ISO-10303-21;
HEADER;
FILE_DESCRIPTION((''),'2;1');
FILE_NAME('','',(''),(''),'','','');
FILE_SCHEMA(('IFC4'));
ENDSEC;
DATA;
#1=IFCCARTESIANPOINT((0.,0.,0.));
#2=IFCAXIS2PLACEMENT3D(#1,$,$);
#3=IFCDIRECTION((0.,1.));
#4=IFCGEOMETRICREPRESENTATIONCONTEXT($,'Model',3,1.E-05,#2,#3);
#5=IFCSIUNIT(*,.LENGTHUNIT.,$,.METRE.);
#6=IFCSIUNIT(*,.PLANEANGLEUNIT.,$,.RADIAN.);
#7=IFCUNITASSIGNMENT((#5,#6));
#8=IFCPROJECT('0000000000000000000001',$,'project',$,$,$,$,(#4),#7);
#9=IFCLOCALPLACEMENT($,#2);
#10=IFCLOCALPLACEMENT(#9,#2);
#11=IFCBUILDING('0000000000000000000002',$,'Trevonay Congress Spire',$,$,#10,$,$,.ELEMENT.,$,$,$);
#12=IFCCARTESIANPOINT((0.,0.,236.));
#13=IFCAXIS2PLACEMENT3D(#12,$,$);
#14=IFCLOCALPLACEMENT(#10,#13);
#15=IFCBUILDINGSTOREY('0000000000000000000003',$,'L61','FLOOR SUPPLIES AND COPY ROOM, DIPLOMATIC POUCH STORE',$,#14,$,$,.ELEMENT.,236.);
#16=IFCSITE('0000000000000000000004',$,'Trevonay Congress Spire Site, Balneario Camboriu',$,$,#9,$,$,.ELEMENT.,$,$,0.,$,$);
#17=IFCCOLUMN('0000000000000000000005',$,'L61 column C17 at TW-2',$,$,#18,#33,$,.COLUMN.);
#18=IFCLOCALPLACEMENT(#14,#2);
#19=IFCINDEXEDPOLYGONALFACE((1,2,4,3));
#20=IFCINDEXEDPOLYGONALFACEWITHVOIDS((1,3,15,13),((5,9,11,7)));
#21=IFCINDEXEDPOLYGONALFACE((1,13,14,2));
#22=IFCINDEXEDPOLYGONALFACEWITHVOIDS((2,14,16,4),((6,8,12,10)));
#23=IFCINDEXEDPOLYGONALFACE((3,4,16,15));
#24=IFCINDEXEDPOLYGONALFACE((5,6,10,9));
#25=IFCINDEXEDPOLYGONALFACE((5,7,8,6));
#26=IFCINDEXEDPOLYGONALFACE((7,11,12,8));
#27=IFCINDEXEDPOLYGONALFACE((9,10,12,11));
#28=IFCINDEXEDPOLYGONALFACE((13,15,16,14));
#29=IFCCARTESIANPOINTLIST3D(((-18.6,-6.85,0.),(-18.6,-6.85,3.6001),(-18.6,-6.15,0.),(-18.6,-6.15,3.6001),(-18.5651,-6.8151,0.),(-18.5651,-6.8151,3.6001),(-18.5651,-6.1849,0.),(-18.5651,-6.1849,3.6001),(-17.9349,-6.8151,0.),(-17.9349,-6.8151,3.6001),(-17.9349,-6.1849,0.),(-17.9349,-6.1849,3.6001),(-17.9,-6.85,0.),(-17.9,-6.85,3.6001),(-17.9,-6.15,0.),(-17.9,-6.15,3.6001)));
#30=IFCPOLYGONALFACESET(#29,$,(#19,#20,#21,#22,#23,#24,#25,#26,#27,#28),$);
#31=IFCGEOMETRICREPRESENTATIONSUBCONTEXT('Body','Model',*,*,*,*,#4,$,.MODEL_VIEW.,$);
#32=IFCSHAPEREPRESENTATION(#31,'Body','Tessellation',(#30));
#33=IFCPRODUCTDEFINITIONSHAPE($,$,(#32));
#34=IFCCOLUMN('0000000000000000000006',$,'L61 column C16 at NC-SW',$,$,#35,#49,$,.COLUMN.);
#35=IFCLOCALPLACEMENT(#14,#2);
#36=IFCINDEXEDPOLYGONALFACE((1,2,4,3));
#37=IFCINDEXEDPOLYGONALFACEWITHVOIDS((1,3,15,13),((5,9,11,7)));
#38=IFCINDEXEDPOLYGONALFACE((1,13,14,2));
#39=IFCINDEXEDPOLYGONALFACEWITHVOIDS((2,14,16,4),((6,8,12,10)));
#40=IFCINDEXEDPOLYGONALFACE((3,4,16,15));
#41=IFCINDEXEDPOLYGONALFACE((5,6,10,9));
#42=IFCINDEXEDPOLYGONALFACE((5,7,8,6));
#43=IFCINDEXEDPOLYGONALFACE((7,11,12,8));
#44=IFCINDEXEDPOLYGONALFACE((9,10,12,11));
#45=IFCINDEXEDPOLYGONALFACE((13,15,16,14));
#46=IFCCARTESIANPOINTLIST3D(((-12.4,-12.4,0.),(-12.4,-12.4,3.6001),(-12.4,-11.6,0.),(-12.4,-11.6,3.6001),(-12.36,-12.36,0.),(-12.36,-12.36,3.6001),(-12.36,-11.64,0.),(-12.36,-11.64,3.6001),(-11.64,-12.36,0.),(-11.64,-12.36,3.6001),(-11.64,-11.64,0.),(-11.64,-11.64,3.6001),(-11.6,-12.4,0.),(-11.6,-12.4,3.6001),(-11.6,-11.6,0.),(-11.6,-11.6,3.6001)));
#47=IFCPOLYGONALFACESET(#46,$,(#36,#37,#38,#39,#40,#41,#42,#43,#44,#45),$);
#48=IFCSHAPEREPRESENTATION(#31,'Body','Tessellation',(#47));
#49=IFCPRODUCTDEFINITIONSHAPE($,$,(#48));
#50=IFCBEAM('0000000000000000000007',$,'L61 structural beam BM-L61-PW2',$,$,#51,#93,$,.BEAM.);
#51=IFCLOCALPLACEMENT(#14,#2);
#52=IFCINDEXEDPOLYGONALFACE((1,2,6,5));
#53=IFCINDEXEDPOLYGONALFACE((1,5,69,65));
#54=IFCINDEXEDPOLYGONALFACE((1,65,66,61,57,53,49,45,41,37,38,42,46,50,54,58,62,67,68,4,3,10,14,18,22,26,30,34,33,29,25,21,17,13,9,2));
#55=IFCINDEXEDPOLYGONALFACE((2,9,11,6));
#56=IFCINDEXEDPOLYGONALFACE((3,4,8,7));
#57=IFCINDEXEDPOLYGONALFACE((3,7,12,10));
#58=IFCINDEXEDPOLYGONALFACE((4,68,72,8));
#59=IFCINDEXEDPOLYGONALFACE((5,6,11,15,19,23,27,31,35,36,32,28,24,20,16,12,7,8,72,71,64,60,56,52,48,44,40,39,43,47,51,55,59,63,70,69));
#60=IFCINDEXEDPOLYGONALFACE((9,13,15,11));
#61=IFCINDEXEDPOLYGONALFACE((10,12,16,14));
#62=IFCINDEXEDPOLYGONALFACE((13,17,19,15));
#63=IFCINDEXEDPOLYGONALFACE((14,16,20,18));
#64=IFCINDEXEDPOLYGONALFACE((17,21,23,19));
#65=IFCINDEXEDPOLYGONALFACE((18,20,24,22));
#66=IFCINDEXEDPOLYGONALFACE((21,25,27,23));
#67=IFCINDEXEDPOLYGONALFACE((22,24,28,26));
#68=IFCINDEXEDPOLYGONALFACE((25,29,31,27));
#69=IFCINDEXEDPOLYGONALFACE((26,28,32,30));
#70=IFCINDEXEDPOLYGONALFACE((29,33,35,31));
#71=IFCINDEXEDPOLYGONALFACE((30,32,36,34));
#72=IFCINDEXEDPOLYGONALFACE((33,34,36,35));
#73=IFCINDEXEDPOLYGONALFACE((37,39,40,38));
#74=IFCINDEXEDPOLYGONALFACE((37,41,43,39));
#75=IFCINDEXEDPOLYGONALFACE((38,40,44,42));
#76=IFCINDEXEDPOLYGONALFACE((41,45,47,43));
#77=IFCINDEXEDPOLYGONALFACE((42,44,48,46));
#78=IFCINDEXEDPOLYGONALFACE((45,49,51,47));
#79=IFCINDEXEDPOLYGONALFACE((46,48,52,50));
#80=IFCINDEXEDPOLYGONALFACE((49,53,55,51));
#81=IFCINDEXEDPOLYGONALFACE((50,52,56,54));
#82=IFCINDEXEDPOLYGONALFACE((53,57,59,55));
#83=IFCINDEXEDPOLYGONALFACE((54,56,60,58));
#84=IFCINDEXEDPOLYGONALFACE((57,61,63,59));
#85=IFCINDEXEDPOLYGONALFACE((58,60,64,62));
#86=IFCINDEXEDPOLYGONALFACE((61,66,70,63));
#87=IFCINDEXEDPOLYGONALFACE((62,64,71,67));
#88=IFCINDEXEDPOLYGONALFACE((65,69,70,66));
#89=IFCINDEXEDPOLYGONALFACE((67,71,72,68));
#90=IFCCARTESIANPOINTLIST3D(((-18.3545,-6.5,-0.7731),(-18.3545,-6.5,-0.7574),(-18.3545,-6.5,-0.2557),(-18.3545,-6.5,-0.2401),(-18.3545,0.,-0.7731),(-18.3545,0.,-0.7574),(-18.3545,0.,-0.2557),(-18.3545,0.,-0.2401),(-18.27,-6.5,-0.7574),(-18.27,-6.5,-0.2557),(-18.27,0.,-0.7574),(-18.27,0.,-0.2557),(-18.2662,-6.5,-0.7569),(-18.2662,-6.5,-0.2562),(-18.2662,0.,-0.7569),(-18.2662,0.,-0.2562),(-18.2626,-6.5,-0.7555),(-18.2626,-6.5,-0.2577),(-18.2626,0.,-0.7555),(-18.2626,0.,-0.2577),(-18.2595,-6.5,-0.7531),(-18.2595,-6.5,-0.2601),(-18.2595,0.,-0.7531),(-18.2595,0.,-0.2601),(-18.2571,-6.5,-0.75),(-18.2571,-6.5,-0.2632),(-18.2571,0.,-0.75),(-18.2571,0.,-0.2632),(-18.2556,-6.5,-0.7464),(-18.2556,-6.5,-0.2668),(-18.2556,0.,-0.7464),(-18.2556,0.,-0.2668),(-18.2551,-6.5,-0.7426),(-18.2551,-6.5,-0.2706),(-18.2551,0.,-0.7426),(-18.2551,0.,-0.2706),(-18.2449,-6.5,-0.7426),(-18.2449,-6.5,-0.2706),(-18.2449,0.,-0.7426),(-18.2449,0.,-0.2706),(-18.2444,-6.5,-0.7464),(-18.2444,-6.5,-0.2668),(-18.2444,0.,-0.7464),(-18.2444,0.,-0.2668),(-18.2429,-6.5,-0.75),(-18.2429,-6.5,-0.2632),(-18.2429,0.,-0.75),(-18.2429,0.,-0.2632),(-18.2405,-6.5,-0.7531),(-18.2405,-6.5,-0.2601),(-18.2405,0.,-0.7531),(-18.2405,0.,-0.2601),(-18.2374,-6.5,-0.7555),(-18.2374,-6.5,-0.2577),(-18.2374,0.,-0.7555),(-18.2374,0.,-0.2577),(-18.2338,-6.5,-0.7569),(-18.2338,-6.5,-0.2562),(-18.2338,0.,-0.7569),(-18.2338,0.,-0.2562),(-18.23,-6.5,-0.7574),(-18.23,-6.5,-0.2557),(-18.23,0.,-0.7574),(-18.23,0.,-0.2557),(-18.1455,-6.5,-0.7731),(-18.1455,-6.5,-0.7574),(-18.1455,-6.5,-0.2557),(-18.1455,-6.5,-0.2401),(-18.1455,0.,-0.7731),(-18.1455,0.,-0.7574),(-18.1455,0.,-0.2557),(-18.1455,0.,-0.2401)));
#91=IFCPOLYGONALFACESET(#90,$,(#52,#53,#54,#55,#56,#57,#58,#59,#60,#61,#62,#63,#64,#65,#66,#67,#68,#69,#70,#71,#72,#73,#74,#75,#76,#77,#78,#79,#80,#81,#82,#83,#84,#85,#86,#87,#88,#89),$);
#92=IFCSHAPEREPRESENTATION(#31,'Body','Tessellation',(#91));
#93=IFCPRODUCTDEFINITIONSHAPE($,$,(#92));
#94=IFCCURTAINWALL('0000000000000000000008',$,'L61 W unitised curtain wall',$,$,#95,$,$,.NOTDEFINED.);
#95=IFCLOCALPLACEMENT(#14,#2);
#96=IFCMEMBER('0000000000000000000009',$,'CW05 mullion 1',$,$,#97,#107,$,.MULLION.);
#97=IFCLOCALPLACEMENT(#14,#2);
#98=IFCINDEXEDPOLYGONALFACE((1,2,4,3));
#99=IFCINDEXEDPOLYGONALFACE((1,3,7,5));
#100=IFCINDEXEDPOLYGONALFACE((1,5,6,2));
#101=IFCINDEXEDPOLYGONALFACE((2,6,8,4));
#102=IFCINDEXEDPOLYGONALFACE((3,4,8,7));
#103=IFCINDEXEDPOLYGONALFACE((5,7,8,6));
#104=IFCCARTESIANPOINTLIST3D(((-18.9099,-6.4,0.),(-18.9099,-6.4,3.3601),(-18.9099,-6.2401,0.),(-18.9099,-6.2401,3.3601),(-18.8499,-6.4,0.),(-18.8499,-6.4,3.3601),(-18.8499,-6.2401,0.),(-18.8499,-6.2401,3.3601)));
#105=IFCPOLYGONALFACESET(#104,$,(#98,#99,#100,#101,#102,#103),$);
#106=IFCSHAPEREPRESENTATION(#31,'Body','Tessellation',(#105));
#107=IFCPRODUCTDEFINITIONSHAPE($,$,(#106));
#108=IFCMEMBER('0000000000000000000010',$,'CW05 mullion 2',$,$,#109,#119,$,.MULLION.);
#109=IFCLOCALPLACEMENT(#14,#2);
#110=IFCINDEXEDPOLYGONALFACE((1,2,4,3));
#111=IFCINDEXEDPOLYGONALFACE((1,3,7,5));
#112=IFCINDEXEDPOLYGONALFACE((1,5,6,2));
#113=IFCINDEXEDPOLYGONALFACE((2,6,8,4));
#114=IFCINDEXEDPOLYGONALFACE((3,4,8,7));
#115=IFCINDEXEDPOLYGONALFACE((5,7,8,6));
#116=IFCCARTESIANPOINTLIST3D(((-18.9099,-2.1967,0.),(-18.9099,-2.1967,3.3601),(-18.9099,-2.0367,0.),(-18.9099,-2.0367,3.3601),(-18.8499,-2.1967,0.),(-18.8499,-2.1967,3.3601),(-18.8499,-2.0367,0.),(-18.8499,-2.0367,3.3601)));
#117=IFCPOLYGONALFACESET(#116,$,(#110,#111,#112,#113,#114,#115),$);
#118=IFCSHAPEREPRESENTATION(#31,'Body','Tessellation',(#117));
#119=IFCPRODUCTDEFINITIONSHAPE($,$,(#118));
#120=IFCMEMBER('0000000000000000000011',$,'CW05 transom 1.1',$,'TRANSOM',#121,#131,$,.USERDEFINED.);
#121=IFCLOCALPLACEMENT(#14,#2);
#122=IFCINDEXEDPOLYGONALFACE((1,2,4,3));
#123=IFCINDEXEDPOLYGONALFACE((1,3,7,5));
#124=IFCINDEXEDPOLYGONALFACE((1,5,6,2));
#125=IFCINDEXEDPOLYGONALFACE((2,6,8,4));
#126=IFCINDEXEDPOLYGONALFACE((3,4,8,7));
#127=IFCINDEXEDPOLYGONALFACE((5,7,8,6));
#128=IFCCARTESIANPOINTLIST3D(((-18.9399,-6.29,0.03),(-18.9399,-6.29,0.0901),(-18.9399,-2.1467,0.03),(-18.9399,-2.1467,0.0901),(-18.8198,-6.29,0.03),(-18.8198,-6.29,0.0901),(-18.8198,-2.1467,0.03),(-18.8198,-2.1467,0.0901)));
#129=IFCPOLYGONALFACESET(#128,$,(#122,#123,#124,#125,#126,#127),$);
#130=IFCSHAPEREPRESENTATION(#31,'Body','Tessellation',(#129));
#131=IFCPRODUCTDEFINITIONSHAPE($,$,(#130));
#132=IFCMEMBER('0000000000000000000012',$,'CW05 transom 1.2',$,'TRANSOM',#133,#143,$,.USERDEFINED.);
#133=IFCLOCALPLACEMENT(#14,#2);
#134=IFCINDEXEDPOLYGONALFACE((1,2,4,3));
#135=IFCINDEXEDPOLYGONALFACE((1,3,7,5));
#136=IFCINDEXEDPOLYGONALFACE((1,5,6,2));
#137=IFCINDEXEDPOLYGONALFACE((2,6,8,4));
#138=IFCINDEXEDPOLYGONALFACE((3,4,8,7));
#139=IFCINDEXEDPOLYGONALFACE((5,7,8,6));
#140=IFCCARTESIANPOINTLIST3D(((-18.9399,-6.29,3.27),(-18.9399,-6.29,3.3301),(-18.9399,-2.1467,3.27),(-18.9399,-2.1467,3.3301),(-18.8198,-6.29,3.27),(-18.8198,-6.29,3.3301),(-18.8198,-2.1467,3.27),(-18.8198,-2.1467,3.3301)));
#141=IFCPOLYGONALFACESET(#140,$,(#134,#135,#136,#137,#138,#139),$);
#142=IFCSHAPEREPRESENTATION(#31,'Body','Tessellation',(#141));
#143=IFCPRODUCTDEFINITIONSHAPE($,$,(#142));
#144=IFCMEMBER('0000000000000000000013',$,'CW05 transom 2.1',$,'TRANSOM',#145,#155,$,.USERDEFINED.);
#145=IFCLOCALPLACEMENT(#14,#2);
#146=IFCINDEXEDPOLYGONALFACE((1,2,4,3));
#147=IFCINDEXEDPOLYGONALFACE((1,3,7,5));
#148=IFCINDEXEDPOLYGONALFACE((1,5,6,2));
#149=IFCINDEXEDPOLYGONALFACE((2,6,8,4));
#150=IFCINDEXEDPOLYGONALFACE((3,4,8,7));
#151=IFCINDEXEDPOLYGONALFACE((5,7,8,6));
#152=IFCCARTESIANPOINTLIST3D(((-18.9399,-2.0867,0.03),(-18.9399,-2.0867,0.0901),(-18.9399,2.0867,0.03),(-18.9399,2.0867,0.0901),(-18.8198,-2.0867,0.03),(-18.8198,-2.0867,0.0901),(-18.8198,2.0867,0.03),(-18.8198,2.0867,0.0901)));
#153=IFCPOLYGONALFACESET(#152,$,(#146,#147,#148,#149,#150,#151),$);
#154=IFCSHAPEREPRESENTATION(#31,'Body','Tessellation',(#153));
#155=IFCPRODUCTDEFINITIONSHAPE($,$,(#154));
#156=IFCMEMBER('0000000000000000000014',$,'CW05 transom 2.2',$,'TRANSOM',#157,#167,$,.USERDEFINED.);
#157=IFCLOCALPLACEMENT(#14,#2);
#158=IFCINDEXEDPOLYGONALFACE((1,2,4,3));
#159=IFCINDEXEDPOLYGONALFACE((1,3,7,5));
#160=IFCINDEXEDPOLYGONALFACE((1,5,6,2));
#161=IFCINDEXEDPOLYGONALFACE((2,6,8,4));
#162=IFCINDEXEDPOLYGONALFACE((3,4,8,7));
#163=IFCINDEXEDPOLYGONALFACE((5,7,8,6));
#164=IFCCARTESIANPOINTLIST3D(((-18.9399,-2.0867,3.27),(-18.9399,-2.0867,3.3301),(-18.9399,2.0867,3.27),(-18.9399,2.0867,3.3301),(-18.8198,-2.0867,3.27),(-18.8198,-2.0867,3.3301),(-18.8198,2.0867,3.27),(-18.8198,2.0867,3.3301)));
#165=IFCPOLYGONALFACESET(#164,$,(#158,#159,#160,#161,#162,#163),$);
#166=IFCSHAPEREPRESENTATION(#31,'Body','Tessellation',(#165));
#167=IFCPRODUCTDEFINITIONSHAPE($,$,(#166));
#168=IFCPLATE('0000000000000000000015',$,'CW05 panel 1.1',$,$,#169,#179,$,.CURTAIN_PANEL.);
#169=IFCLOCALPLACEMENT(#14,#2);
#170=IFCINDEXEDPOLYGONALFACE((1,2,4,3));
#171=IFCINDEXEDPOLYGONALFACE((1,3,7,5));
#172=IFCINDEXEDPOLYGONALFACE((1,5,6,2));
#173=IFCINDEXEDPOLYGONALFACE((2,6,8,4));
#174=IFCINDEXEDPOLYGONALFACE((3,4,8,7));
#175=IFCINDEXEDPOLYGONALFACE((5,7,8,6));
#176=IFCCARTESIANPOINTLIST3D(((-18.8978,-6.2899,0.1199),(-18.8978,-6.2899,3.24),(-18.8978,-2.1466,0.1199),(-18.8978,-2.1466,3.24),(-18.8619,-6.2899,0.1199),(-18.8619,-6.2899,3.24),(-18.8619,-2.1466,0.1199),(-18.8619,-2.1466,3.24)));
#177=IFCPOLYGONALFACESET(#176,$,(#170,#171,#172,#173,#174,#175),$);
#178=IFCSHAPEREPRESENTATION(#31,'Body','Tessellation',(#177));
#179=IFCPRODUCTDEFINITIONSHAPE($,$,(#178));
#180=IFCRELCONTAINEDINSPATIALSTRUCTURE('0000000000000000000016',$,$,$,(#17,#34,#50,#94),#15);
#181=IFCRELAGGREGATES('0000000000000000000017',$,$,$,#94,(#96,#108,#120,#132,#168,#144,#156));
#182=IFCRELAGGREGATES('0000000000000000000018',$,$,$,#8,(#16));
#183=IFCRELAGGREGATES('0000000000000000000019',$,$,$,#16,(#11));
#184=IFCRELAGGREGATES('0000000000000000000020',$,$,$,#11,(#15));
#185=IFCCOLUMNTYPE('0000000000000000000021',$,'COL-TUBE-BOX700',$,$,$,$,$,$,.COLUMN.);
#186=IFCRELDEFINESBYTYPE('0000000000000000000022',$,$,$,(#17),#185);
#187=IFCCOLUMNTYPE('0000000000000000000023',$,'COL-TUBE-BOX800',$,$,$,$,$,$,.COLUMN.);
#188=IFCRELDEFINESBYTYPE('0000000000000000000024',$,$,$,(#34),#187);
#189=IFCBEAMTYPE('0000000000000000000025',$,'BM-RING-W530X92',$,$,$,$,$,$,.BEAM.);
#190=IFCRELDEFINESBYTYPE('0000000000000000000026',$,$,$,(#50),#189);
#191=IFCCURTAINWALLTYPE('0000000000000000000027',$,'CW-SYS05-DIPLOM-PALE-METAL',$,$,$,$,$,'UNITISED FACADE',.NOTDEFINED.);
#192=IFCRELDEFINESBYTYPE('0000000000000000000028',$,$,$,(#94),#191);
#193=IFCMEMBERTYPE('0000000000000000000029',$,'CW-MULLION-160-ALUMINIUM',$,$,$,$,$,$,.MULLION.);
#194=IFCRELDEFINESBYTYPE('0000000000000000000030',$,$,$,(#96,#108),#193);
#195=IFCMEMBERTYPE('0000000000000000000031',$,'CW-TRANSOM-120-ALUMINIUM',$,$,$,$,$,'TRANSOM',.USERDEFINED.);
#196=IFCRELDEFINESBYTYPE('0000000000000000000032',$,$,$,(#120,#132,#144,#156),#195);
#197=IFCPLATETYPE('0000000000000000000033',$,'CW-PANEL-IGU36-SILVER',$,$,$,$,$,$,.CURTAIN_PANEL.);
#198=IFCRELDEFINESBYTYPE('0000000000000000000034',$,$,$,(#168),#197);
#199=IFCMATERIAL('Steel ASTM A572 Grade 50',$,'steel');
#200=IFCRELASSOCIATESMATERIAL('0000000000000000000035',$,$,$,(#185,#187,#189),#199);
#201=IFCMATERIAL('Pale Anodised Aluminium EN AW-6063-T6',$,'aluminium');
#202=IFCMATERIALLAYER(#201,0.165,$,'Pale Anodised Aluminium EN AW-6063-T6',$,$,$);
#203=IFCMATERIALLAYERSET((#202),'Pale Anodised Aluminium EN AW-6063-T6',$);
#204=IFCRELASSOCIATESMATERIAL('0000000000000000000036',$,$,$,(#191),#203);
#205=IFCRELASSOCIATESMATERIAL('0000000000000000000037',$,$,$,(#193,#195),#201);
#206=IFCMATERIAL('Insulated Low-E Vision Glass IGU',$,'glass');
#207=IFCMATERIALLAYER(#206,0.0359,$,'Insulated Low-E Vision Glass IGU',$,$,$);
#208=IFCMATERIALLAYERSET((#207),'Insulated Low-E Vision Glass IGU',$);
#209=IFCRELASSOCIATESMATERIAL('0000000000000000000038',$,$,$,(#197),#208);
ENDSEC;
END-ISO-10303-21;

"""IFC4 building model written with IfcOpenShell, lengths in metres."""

from ifc_helpers import new_model, si_unit, direction, frame, origin, origin_2d, place, context, subcontext, project, spatial, rectangle, hollow_rectangle, i_section, extrude, material, layer, layer_set, material_profile, profile_set, type_object, element, aggregate, save


model = new_model("IFC4")

# Units and contexts
model_context = context("Model", 3, precision=1e-05, world=origin(), true_north=direction((0.0, 1.0)))
body_context = subcontext(model_context, "Body", "Model", "MODEL_VIEW")
ifc_project = project(units=[si_unit("LENGTHUNIT", "METRE"), si_unit("PLANEANGLEUNIT", "RADIAN")], contexts=[model_context])

# Site, building, storey
site_placement = place(None, origin())
site = spatial("IfcSite", under=ifc_project, at=site_placement, Name="Trevonay Congress Spire Site, Balneario Camboriu", CompositionType="ELEMENT", RefElevation=0.0)
building_placement = place(site_placement, origin())
building = spatial("IfcBuilding", under=site, at=building_placement, Name="Trevonay Congress Spire", CompositionType="ELEMENT")
storey_placement = place(building_placement, frame((0.0, 0.0, 236.0)))
storey = spatial("IfcBuildingStorey", under=building, at=storey_placement, Name="L61", Description="FLOOR SUPPLIES AND COPY ROOM, DIPLOMATIC POUCH STORE", CompositionType="ELEMENT", Elevation=236.0)

# Columns
ifc_material_1 = material(Name="Steel ASTM A572 Grade 50", Category="steel")
ifc_material_profile_1 = material_profile(ifc_material_1, hollow_rectangle(XDim=0.7, YDim=0.7, WallThickness=0.0349, at=origin_2d()), Name="BOX 700x700x35")
ifc_profile_set_1 = profile_set([ifc_material_profile_1], Name="Steel ASTM A572 Grade 50")
column_type_1 = type_object("IfcColumnType", Name="COL-TUBE-BOX700", PredefinedType="COLUMN", material=ifc_profile_set_1)
column_1_placement = place(storey_placement, frame((-18.25, -6.5, 0.0), z_axis=(0.0, 0.0, 1.0), x_axis=(1.0, 0.0, 0.0)))
element("IfcColumn", 1, at=column_1_placement, inside=storey, type_object=column_type_1, Name="L61 column C17 at TW-2", PredefinedType="COLUMN", context=body_context, shape_type="SweptSolid", body=[
    extrude(hollow_rectangle(XDim=0.7, YDim=0.7, WallThickness=0.0349, at=origin_2d()), origin(), (0.0, 0.0, 1.0), 3.6001),
])
ifc_material_profile_2 = material_profile(ifc_material_1, hollow_rectangle(XDim=0.8, YDim=0.8, WallThickness=0.04, at=origin_2d()), Name="BOX 800x800x40")
ifc_profile_set_2 = profile_set([ifc_material_profile_2], Name="Steel ASTM A572 Grade 50")
column_type_2 = type_object("IfcColumnType", Name="COL-TUBE-BOX800", PredefinedType="COLUMN", material=ifc_profile_set_2)
column_2_placement = place(storey_placement, frame((-12.0, -12.0, 0.0), z_axis=(0.0, 0.0, 1.0), x_axis=(1.0, 0.0, 0.0)))
element("IfcColumn", 2, at=column_2_placement, inside=storey, type_object=column_type_2, Name="L61 column C16 at NC-SW", PredefinedType="COLUMN", context=body_context, shape_type="SweptSolid", body=[
    extrude(hollow_rectangle(XDim=0.8, YDim=0.8, WallThickness=0.04, at=origin_2d()), origin(), (0.0, 0.0, 1.0), 3.6001),
])

# Beam
ifc_material_profile_3 = material_profile(ifc_material_1, i_section(OverallWidth=0.209, OverallDepth=0.533, WebThickness=0.0103, FlangeThickness=0.0156, FilletRadius=0.0149, at=origin_2d()), Name="W530x92")
ifc_profile_set_3 = profile_set([ifc_material_profile_3], Name="Steel ASTM A572 Grade 50")
beam_type = type_object("IfcBeamType", Name="BM-RING-W530X92", PredefinedType="BEAM", material=ifc_profile_set_3)
beam_placement = place(storey_placement, frame((-18.25, -6.5, -0.5066), z_axis=(0.0, 1.0, 0.0), x_axis=(-1.0, 0.0, 0.0)))
element("IfcBeam", 3, at=beam_placement, inside=storey, type_object=beam_type, Name="L61 structural beam BM-L61-PW2", PredefinedType="BEAM", context=body_context, shape_type="SweptSolid", body=[
    extrude(i_section(OverallWidth=0.209, OverallDepth=0.533, WebThickness=0.0103, FlangeThickness=0.0156, FilletRadius=0.0149, at=origin_2d()), origin(), (0.0, 0.0, 1.0), 6.5),
])

# Curtain wall, members, plate
ifc_material_2 = material(Name="Pale Anodised Aluminium EN AW-6063-T6", Category="aluminium")
ifc_layer_1 = layer(ifc_material_2, 0.165, Name="Pale Anodised Aluminium EN AW-6063-T6")
ifc_layer_set_1 = layer_set([ifc_layer_1], Name="Pale Anodised Aluminium EN AW-6063-T6")
curtain_wall_type = type_object("IfcCurtainWallType", Name="CW-SYS05-DIPLOM-PALE-METAL", ElementType="UNITISED FACADE", PredefinedType="NOTDEFINED", material=ifc_layer_set_1)
curtain_wall_placement = place(storey_placement, origin())
curtain_wall = element("IfcCurtainWall", 4, at=curtain_wall_placement, inside=storey, type_object=curtain_wall_type, Name="L61 W unitised curtain wall", PredefinedType="NOTDEFINED")
ifc_material_profile_4 = material_profile(ifc_material_2, rectangle(XDim=0.0601, YDim=0.1599, at=origin_2d()), Name="CW-MULLION-160-ALUMINIUM")
ifc_profile_set_4 = profile_set([ifc_material_profile_4], Name="Pale Anodised Aluminium EN AW-6063-T6")
member_type_1 = type_object("IfcMemberType", Name="CW-MULLION-160-ALUMINIUM", PredefinedType="MULLION", material=ifc_profile_set_4)
member_1_placement = place(storey_placement, frame((-18.8799, -6.3201, 0.0), z_axis=(0.0, 0.0, 1.0), x_axis=(-1.0, 0.0, 0.0)))
member_1 = element("IfcMember", 5, at=member_1_placement, type_object=member_type_1, Name="CW05 mullion 1", PredefinedType="MULLION", context=body_context, shape_type="SweptSolid", body=[
    extrude(rectangle(XDim=0.0601, YDim=0.1599, at=origin_2d()), origin(), (0.0, 0.0, 1.0), 3.3601),
])
member_2_placement = place(storey_placement, frame((-18.8799, -2.1167, 0.0), z_axis=(0.0, 0.0, 1.0), x_axis=(-1.0, 0.0, 0.0)))
member_2 = element("IfcMember", 6, at=member_2_placement, type_object=member_type_1, Name="CW05 mullion 2", PredefinedType="MULLION", context=body_context, shape_type="SweptSolid", body=[
    extrude(rectangle(XDim=0.0601, YDim=0.1599, at=origin_2d()), origin(), (0.0, 0.0, 1.0), 3.3601),
])
ifc_material_profile_5 = material_profile(ifc_material_2, rectangle(XDim=0.1201, YDim=0.0601, at=origin_2d()), Name="CW-TRANSOM-120-ALUMINIUM")
ifc_profile_set_5 = profile_set([ifc_material_profile_5], Name="Pale Anodised Aluminium EN AW-6063-T6")
member_type_2 = type_object("IfcMemberType", Name="CW-TRANSOM-120-ALUMINIUM", ElementType="TRANSOM", PredefinedType="USERDEFINED", material=ifc_profile_set_5)
member_3_placement = place(storey_placement, frame((-18.8799, -6.29, 0.0601), z_axis=(0.0, 1.0, 0.0), x_axis=(-1.0, 0.0, 0.0)))
member_3 = element("IfcMember", 7, at=member_3_placement, type_object=member_type_2, Name="CW05 transom 1.1", ObjectType="TRANSOM", PredefinedType="USERDEFINED", context=body_context, shape_type="SweptSolid", body=[
    extrude(rectangle(XDim=0.1201, YDim=0.0601, at=origin_2d()), origin(), (0.0, 0.0, 1.0), 4.1433),
])
member_4_placement = place(storey_placement, frame((-18.8799, -6.29, 3.3), z_axis=(0.0, 1.0, 0.0), x_axis=(-1.0, 0.0, 0.0)))
member_4 = element("IfcMember", 8, at=member_4_placement, type_object=member_type_2, Name="CW05 transom 1.2", ObjectType="TRANSOM", PredefinedType="USERDEFINED", context=body_context, shape_type="SweptSolid", body=[
    extrude(rectangle(XDim=0.1201, YDim=0.0601, at=origin_2d()), origin(), (0.0, 0.0, 1.0), 4.1433),
])
member_5_placement = place(storey_placement, frame((-18.8799, -2.0867, 0.0601), z_axis=(0.0, 1.0, 0.0), x_axis=(-1.0, 0.0, 0.0)))
member_5 = element("IfcMember", 9, at=member_5_placement, type_object=member_type_2, Name="CW05 transom 2.1", ObjectType="TRANSOM", PredefinedType="USERDEFINED", context=body_context, shape_type="SweptSolid", body=[
    extrude(rectangle(XDim=0.1201, YDim=0.0601, at=origin_2d()), origin(), (0.0, 0.0, 1.0), 4.1733),
])
member_6_placement = place(storey_placement, frame((-18.8799, -2.0867, 3.3), z_axis=(0.0, 1.0, 0.0), x_axis=(-1.0, 0.0, 0.0)))
member_6 = element("IfcMember", 10, at=member_6_placement, type_object=member_type_2, Name="CW05 transom 2.2", ObjectType="TRANSOM", PredefinedType="USERDEFINED", context=body_context, shape_type="SweptSolid", body=[
    extrude(rectangle(XDim=0.1201, YDim=0.0601, at=origin_2d()), origin(), (0.0, 0.0, 1.0), 4.1733),
])
ifc_material_3 = material(Name="Insulated Low-E Vision Glass IGU", Category="glass")
ifc_layer_2 = layer(ifc_material_3, 0.0359, Name="Insulated Low-E Vision Glass IGU")
ifc_layer_set_2 = layer_set([ifc_layer_2], Name="Insulated Low-E Vision Glass IGU")
plate_type = type_object("IfcPlateType", Name="CW-PANEL-IGU36-SILVER", PredefinedType="CURTAIN_PANEL", material=ifc_layer_set_2)
plate_1_placement = place(storey_placement, frame((-18.8799, -4.2183, 0.1199), z_axis=(0.0, 0.0, 1.0), x_axis=(0.0, 1.0, 0.0)))
plate_1 = element("IfcPlate", 11, at=plate_1_placement, type_object=plate_type, Name="CW05 panel 1.1", PredefinedType="CURTAIN_PANEL", context=body_context, shape_type="SweptSolid", body=[
    extrude(rectangle(XDim=4.1433, YDim=0.0359, at=origin_2d()), origin(), (0.0, 0.0, 1.0), 3.1201),
])
aggregate(curtain_wall, [member_1, member_2, member_3, member_4, plate_1, member_5, member_6])

save(model, "model.ifc")
